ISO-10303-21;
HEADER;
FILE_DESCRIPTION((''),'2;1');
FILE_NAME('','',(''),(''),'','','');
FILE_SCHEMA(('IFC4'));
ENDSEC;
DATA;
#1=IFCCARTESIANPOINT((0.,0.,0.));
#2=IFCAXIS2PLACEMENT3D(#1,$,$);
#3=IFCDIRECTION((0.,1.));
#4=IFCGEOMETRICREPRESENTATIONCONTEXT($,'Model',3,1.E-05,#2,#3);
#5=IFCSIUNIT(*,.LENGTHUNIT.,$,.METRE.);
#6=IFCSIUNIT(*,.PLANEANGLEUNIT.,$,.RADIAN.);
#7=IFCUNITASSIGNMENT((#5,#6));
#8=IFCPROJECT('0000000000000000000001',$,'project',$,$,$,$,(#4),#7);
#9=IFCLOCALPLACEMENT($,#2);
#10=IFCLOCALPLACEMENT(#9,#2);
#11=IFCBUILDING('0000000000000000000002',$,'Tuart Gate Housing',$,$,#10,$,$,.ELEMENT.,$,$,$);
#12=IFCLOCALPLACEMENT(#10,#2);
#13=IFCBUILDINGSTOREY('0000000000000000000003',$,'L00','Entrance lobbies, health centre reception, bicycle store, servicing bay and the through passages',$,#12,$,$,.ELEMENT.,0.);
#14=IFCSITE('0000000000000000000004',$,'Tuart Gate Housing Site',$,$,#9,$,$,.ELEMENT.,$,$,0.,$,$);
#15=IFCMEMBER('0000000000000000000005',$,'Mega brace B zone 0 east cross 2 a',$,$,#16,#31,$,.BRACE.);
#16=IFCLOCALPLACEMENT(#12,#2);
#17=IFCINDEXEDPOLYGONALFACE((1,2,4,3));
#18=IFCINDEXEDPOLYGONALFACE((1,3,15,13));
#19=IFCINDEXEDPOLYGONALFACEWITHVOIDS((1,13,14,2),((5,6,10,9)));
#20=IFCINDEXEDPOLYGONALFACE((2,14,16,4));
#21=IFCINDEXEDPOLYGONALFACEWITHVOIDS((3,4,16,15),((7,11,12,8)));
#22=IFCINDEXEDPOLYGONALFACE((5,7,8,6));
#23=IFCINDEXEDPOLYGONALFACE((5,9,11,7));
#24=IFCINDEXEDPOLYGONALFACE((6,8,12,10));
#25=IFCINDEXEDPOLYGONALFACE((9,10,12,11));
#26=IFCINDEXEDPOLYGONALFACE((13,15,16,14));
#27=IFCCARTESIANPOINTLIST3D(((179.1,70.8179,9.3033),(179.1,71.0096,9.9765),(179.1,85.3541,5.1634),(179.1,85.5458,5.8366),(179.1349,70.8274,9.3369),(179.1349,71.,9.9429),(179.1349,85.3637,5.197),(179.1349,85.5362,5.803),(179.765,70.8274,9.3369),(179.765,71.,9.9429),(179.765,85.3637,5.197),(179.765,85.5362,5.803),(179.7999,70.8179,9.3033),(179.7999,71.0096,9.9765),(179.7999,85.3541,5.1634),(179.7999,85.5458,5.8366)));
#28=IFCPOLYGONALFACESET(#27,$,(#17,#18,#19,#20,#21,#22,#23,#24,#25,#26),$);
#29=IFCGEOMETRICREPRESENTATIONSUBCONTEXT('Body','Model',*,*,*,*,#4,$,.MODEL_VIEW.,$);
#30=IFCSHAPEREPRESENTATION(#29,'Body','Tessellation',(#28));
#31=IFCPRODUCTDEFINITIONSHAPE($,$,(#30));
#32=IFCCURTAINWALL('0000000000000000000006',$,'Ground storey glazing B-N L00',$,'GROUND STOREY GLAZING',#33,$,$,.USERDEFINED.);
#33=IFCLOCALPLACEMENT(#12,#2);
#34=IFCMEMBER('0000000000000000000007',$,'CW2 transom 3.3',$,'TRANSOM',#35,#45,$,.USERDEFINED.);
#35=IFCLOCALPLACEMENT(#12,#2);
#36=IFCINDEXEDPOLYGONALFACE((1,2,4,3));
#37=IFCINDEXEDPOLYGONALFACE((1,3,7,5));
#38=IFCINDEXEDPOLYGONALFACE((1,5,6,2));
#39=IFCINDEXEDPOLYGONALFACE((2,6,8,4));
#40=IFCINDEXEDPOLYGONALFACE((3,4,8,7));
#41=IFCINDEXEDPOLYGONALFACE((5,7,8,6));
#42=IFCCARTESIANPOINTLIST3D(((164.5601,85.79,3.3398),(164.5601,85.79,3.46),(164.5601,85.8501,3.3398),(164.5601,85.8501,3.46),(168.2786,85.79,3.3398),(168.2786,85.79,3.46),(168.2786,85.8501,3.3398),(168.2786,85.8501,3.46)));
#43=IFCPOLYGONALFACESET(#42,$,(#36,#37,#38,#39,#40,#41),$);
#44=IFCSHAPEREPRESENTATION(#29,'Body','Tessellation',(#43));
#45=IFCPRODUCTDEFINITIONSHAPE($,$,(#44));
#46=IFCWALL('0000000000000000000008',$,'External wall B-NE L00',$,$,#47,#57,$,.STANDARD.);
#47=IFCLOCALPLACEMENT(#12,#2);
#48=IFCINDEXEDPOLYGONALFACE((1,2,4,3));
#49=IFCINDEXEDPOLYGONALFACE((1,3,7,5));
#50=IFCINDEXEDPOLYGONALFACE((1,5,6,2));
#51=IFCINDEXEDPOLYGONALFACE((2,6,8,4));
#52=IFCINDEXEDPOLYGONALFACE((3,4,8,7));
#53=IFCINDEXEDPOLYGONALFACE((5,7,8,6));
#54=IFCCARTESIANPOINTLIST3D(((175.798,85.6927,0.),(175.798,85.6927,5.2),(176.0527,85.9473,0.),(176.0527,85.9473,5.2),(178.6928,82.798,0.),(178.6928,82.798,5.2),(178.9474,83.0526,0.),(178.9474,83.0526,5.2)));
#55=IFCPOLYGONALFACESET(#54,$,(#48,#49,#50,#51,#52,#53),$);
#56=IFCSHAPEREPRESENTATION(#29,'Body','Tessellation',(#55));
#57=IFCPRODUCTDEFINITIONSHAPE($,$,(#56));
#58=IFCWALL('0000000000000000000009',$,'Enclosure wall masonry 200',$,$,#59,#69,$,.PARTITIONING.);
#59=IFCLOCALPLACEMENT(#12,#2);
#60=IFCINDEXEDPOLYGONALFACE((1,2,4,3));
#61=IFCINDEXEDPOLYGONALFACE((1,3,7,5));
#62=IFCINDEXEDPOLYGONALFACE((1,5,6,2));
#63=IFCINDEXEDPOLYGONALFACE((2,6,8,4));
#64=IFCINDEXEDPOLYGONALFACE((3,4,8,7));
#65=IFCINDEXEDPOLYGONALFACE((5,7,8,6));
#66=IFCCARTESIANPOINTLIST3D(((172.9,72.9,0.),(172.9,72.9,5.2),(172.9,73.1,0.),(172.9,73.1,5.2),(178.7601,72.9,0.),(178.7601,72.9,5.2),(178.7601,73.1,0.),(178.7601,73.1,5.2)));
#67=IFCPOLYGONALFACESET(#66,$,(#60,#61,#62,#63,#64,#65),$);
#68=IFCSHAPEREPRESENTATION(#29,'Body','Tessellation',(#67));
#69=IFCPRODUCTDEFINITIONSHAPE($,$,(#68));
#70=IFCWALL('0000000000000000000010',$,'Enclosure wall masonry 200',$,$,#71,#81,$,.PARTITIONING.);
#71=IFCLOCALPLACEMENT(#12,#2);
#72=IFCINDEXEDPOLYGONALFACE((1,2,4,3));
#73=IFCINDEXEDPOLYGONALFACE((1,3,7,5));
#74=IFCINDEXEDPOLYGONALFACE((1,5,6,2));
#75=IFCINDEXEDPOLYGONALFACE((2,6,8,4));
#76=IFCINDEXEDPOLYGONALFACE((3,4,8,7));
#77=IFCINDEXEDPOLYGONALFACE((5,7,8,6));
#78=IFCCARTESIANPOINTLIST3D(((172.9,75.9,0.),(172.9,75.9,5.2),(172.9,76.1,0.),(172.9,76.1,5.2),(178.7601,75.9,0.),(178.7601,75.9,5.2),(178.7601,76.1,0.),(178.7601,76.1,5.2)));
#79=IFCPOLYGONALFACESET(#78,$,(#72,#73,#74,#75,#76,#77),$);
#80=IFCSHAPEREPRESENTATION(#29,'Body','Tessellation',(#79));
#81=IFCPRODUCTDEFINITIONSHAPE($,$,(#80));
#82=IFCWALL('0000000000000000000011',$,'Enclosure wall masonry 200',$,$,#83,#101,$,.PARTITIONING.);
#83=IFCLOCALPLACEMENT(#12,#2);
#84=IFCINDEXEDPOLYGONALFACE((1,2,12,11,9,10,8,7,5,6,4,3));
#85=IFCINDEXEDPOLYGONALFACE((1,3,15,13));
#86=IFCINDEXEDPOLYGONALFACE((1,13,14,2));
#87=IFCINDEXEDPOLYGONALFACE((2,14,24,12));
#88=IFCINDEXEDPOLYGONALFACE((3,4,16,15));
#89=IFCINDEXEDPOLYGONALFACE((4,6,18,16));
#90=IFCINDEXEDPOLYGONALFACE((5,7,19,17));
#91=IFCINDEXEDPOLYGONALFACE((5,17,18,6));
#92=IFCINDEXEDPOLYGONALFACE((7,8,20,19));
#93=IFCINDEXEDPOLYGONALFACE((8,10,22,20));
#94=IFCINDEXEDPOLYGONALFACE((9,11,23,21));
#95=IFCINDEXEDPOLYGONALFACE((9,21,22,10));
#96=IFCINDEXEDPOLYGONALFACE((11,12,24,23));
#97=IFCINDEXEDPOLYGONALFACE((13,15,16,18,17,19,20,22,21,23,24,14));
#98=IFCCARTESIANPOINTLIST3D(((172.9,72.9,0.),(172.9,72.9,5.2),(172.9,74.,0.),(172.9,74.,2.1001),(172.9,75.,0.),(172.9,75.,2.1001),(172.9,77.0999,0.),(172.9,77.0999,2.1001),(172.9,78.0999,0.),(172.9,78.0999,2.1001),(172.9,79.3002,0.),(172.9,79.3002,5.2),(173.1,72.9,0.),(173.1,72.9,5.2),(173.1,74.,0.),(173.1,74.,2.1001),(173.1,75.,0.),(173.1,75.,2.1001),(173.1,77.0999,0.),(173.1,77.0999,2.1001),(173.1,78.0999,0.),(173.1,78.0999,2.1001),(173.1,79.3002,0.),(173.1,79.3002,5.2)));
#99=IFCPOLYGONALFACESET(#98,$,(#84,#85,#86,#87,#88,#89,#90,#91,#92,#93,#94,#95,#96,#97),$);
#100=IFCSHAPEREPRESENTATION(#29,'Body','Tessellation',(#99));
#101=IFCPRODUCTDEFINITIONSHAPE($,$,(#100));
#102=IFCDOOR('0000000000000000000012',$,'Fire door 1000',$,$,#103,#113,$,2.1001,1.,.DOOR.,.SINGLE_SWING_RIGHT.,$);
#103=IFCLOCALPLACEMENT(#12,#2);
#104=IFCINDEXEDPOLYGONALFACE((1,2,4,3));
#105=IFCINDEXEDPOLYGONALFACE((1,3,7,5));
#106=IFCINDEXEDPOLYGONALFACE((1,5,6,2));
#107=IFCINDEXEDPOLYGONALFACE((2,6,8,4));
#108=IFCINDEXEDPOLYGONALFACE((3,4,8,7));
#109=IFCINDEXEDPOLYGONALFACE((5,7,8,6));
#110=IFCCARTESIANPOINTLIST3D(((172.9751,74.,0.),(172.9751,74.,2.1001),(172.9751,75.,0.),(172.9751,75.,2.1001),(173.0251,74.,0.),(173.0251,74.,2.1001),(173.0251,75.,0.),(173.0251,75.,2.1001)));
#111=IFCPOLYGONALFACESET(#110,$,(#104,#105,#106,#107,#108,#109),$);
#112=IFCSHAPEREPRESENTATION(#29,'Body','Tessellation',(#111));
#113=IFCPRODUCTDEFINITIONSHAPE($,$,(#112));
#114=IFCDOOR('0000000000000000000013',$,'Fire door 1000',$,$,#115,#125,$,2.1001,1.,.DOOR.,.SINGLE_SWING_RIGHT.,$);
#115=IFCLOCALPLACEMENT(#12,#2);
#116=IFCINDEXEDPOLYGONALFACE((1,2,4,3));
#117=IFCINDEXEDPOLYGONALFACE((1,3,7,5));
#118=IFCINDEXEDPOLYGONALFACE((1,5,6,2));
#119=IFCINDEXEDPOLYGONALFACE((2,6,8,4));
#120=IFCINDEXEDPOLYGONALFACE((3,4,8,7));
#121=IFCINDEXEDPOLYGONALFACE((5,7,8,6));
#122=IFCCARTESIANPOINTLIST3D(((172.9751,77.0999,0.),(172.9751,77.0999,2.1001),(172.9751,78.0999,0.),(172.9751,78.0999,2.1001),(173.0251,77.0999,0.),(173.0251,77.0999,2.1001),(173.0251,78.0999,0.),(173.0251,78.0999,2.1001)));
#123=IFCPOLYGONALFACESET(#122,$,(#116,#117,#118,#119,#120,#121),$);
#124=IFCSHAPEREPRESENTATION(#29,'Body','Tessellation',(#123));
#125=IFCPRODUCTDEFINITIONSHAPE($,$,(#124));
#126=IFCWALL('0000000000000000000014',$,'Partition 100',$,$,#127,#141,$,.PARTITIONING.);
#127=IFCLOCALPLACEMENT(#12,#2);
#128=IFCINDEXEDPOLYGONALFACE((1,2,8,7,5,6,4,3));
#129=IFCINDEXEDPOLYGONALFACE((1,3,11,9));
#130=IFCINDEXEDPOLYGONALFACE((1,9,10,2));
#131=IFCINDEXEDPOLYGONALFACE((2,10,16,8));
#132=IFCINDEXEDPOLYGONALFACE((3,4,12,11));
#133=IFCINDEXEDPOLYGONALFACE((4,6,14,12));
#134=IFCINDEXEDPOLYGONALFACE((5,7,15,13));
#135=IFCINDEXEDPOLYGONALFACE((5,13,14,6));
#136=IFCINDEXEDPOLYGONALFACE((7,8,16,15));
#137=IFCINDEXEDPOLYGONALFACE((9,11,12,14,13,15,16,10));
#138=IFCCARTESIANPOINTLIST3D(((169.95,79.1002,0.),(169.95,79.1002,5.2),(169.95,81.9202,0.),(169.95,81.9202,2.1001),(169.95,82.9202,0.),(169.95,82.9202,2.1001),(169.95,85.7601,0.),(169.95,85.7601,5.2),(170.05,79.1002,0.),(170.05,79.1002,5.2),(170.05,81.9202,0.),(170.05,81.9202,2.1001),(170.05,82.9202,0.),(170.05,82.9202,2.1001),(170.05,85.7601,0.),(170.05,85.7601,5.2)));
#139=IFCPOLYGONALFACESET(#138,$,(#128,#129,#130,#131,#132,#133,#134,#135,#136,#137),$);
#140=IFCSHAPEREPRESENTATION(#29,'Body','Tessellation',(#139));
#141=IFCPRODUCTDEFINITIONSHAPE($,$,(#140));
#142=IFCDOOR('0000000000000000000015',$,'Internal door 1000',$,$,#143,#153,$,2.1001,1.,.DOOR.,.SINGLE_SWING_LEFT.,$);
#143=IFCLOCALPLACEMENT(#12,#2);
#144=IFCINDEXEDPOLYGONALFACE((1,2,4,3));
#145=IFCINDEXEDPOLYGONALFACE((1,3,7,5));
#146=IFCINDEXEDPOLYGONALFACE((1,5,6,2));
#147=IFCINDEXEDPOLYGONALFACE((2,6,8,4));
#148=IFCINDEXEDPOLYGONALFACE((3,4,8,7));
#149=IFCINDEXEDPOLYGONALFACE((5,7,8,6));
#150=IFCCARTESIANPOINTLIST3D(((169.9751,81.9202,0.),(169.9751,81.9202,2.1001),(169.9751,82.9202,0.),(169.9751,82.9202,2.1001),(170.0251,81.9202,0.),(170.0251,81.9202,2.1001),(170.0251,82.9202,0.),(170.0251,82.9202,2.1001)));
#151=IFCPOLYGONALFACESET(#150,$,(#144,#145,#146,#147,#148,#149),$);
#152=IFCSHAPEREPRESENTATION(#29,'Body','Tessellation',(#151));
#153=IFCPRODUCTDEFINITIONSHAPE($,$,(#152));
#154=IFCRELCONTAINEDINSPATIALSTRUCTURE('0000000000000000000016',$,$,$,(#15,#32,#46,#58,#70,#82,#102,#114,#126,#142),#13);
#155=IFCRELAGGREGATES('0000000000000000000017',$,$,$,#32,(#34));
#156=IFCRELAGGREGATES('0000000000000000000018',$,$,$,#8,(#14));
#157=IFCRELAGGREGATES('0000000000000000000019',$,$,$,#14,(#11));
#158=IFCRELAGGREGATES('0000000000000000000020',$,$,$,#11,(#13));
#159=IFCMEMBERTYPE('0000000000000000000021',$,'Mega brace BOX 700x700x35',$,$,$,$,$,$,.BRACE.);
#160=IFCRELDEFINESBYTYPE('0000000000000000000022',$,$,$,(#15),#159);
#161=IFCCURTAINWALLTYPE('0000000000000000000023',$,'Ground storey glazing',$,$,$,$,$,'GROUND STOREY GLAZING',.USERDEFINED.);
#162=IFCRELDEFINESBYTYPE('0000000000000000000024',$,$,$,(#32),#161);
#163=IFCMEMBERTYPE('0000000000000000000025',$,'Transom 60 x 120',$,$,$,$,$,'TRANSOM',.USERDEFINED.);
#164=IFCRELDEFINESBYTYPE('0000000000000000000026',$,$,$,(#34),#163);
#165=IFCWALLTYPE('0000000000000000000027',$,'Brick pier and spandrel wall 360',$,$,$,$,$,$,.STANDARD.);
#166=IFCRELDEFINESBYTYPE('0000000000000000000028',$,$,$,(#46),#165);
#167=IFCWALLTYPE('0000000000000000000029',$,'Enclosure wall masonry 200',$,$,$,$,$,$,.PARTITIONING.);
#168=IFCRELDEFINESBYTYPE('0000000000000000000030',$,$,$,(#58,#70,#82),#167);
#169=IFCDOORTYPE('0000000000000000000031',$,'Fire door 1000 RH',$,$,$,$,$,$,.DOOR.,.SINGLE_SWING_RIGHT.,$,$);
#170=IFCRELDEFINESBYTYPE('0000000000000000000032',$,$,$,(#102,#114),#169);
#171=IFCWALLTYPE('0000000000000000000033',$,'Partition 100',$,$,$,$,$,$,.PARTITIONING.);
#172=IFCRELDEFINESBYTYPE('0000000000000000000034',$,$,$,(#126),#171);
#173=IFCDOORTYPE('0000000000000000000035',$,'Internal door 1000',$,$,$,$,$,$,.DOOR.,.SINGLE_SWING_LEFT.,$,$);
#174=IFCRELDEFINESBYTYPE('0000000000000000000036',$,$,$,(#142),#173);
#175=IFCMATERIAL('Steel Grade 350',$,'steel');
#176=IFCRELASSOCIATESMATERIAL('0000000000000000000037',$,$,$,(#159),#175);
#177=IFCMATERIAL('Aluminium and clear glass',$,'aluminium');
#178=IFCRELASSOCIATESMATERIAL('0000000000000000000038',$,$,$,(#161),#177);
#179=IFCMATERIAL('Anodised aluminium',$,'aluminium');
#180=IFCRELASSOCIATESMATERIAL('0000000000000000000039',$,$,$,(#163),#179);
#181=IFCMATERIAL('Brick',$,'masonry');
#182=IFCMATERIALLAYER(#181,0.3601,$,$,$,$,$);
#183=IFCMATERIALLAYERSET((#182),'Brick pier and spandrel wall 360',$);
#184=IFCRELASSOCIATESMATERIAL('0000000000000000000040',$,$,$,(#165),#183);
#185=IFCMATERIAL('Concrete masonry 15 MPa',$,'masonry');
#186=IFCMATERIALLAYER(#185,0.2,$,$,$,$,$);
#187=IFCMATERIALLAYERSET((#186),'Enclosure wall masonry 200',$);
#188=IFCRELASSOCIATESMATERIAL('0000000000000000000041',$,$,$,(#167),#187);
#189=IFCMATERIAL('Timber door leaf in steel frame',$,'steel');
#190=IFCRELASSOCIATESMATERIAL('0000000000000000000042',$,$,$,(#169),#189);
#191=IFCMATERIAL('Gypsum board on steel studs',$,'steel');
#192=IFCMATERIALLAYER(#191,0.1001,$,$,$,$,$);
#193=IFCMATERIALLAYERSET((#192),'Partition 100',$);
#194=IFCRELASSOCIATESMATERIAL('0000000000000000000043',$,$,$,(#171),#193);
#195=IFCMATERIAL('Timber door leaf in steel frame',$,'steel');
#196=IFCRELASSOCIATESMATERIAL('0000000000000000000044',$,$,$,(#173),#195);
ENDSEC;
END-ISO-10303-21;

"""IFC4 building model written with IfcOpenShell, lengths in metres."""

from ifc_helpers import new_model, si_unit, direction, frame, frame_2d, origin, origin_2d, place, context, subcontext, project, spatial, rectangle, hollow_rectangle, extrude, material, layer, layer_set, material_profile, profile_set, type_object, element, fill, aggregate, save


model = new_model("IFC4")

# Units and contexts
model_context = context("Model", 3, precision=1e-05, world=origin(), true_north=direction((0.0, 1.0)))
body_context = subcontext(model_context, "Body", "Model", "MODEL_VIEW")
ifc_project = project(units=[si_unit("LENGTHUNIT", "METRE"), si_unit("PLANEANGLEUNIT", "RADIAN")], contexts=[model_context])

# Site, building, storey
site_placement = place(None, origin())
site = spatial("IfcSite", under=ifc_project, at=site_placement, Name="Tuart Gate Housing Site", CompositionType="ELEMENT", RefElevation=0.0)
building_placement = place(site_placement, origin())
building = spatial("IfcBuilding", under=site, at=building_placement, Name="Tuart Gate Housing", CompositionType="ELEMENT")
storey_placement = place(building_placement, origin())
storey = spatial("IfcBuildingStorey", under=building, at=storey_placement, Name="L00", Description="Entrance lobbies, health centre reception, bicycle store, servicing bay and the through passages", CompositionType="ELEMENT", Elevation=0.0)

# Member
ifc_material_1 = material(Name="Steel Grade 350", Category="steel")
ifc_material_profile_1 = material_profile(ifc_material_1, hollow_rectangle(XDim=0.7, YDim=0.7, WallThickness=0.0349, at=origin_2d()), Name="BOX 700x700x35")
ifc_profile_set_1 = profile_set([ifc_material_profile_1], Name="Steel Grade 350")
member_type_1 = type_object("IfcMemberType", Name="Mega brace BOX 700x700x35", PredefinedType="BRACE", material=ifc_profile_set_1)
for number, where, z_axis, x_axis, name in (
    (1, (179.45, 85.45, 5.5), (0.0, -0.961756, 0.273908), (1.0, 0.0, 0.0), "Mega brace B zone 0 east cross 2 a"),
):
    element("IfcMember", number, at=place(storey_placement, frame(where, z_axis=z_axis, x_axis=x_axis)), inside=storey, type_object=member_type_1, Name=name, PredefinedType="BRACE", context=body_context, shape_type="SweptSolid", body=[
        extrude(hollow_rectangle(XDim=0.7, YDim=0.7, WallThickness=0.0349, at=origin_2d()), origin(), (0.0, 0.0, 1.0), 15.1143),
    ])

# Curtain wall, member
ifc_material_2 = material(Name="Aluminium and clear glass", Category="aluminium")
curtain_wall_type = type_object("IfcCurtainWallType", Name="Ground storey glazing", ElementType="GROUND STOREY GLAZING", PredefinedType="USERDEFINED", material=ifc_material_2)
curtain_wall_placement = place(storey_placement, origin())
curtain_wall = element("IfcCurtainWall", 2, at=curtain_wall_placement, inside=storey, type_object=curtain_wall_type, Name="Ground storey glazing B-N L00", ObjectType="GROUND STOREY GLAZING", PredefinedType="USERDEFINED")
ifc_material_3 = material(Name="Anodised aluminium", Category="aluminium")
ifc_material_profile_2 = material_profile(ifc_material_3, rectangle(XDim=0.0601, YDim=0.1201, at=origin_2d()), Name="60x120")
ifc_profile_set_2 = profile_set([ifc_material_profile_2], Name="Anodised aluminium")
member_type_2 = type_object("IfcMemberType", Name="Transom 60 x 120", ElementType="TRANSOM", PredefinedType="USERDEFINED", material=ifc_profile_set_2)
member_1_placement = place(storey_placement, frame((168.2786, 85.8201, 3.3999), z_axis=(-1.0, 0.0, 0.0), x_axis=(0.0, -1.0, 0.0)))
member_1 = element("IfcMember", 3, at=member_1_placement, type_object=member_type_2, Name="CW2 transom 3.3", ObjectType="TRANSOM", PredefinedType="USERDEFINED", context=body_context, shape_type="SweptSolid", body=[
    extrude(rectangle(XDim=0.0601, YDim=0.1201, at=origin_2d()), origin(), (0.0, 0.0, 1.0), 3.7185),
])
aggregate(curtain_wall, [member_1])

# Walls
ifc_material_4 = material(Name="Brick", Category="masonry")
ifc_layer_1 = layer(ifc_material_4, 0.3601)
ifc_layer_set_1 = layer_set([ifc_layer_1], Name="Brick pier and spandrel wall 360")
wall_type_1 = type_object("IfcWallType", Name="Brick pier and spandrel wall 360", PredefinedType="STANDARD", material=ifc_layer_set_1)
wall_1_placement = place(storey_placement, frame((178.8201, 82.9253, 0.0), z_axis=(0.0, 0.0, 1.0), x_axis=(-0.707107, 0.707107, 0.0)))
element("IfcWall", 4, at=wall_1_placement, inside=storey, type_object=wall_type_1, Name="External wall B-NE L00", PredefinedType="STANDARD", context=body_context, shape_type="SweptSolid", body=[
    extrude(rectangle(XDim=4.0938, YDim=0.3601, at=frame_2d((2.0469, 0.0))), origin(), (0.0, 0.0, 1.0), 5.2),
])
ifc_material_5 = material(Name="Concrete masonry 15 MPa", Category="masonry")
ifc_layer_2 = layer(ifc_material_5, 0.2)
ifc_layer_set_2 = layer_set([ifc_layer_2], Name="Enclosure wall masonry 200")
wall_type_2 = type_object("IfcWallType", Name="Enclosure wall masonry 200", PredefinedType="PARTITIONING", material=ifc_layer_set_2)
for number, where, z_axis, x_axis, name in (
    (5, (172.8999, 73.0, 0.0), (0.0, 0.0, 1.0), (1.0, 0.0, 0.0), "Enclosure wall masonry 200"),
    (6, (172.8999, 76.0, 0.0), (0.0, 0.0, 1.0), (1.0, 0.0, 0.0), "Enclosure wall masonry 200"),
):
    element("IfcWall", number, at=place(storey_placement, frame(where, z_axis=z_axis, x_axis=x_axis)), inside=storey, type_object=wall_type_2, Name=name, PredefinedType="PARTITIONING", context=body_context, shape_type="SweptSolid", body=[
        extrude(rectangle(XDim=5.8601, YDim=0.2, at=frame_2d((2.9302, 0.0))), origin(), (0.0, 0.0, 1.0), 5.2),
    ])

# Wall, openings, doors
wall_2_placement = place(storey_placement, frame((173.0, 72.8999, 0.0), z_axis=(0.0, 0.0, 1.0), x_axis=(0.0, 1.0, 0.0)))
wall_2 = element("IfcWall", 7, at=wall_2_placement, inside=storey, type_object=wall_type_2, Name="Enclosure wall masonry 200", PredefinedType="PARTITIONING", context=body_context, shape_type="SweptSolid", body=[
    extrude(rectangle(XDim=6.4001, YDim=0.2, at=frame_2d((3.2002, 0.0))), origin(), (0.0, 0.0, 1.0), 5.2),
])
opening_1_placement = place(wall_2_placement, frame((1.1001, 0.0, 0.0)))
opening_1 = element("IfcOpeningElement", 8, at=opening_1_placement, cuts=wall_2, PredefinedType="OPENING", context=body_context, shape_type="SweptSolid", body=[
    extrude(rectangle(XDim=1.0, YDim=2.1001, at=frame_2d((0.5, 1.05))), frame((0.0, 0.1099, 0.0), z_axis=(0.0, -1.0, 0.0), x_axis=(1.0, 0.0, 0.0)), (0.0, 0.0, 1.0), 0.22),
])
opening_2_placement = place(wall_2_placement, frame((4.2, 0.0, 0.0)))
opening_2 = element("IfcOpeningElement", 9, at=opening_2_placement, cuts=wall_2, PredefinedType="OPENING", context=body_context, shape_type="SweptSolid", body=[
    extrude(rectangle(XDim=1.0, YDim=2.1001, at=frame_2d((0.5, 1.05))), frame((0.0, 0.1099, 0.0), z_axis=(0.0, -1.0, 0.0), x_axis=(1.0, 0.0, 0.0)), (0.0, 0.0, 1.0), 0.22),
])
ifc_material_6 = material(Name="Timber door leaf in steel frame", Category="steel")
door_type_1 = type_object("IfcDoorType", Name="Fire door 1000 RH", OperationType="SINGLE_SWING_RIGHT", PredefinedType="DOOR", material=ifc_material_6)
door_1_placement = place(opening_1_placement, frame((1.0, 0.0, 0.0), z_axis=(0.0, 0.0, 1.0), x_axis=(-1.0, 0.0, 0.0)))
door_1 = element("IfcDoor", 10, at=door_1_placement, inside=storey, type_object=door_type_1, Name="Fire door 1000", OperationType="SINGLE_SWING_RIGHT", OverallHeight=2.1001, OverallWidth=1.0, PredefinedType="DOOR", context=body_context, shape_type="SweptSolid", body=[
    extrude(rectangle(XDim=1.0, YDim=2.1001, at=frame_2d((0.5, 1.05))), frame((0.0, 0.0251, 0.0), z_axis=(0.0, -1.0, 0.0), x_axis=(1.0, 0.0, 0.0)), (0.0, 0.0, 1.0), 0.05),
])
fill(opening_1, door_1)
door_2_placement = place(opening_2_placement, frame((1.0, 0.0, 0.0), z_axis=(0.0, 0.0, 1.0), x_axis=(-1.0, 0.0, 0.0)))
door_2 = element("IfcDoor", 11, at=door_2_placement, inside=storey, type_object=door_type_1, Name="Fire door 1000", OperationType="SINGLE_SWING_RIGHT", OverallHeight=2.1001, OverallWidth=1.0, PredefinedType="DOOR", context=body_context, shape_type="SweptSolid", body=[
    extrude(rectangle(XDim=1.0, YDim=2.1001, at=frame_2d((0.5, 1.05))), frame((0.0, 0.0251, 0.0), z_axis=(0.0, -1.0, 0.0), x_axis=(1.0, 0.0, 0.0)), (0.0, 0.0, 1.0), 0.05),
])
fill(opening_2, door_2)

# Wall, opening, door
ifc_material_7 = material(Name="Gypsum board on steel studs", Category="steel")
ifc_layer_3 = layer(ifc_material_7, 0.1001)
ifc_layer_set_3 = layer_set([ifc_layer_3], Name="Partition 100")
wall_type_3 = type_object("IfcWallType", Name="Partition 100", PredefinedType="PARTITIONING", material=ifc_layer_set_3)
wall_3_placement = place(storey_placement, frame((170.0, 79.1001, 0.0), z_axis=(0.0, 0.0, 1.0), x_axis=(0.0, 1.0, 0.0)))
wall_3 = element("IfcWall", 12, at=wall_3_placement, inside=storey, type_object=wall_type_3, Name="Partition 100", PredefinedType="PARTITIONING", context=body_context, shape_type="SweptSolid", body=[
    extrude(rectangle(XDim=6.6599, YDim=0.1001, at=frame_2d((3.3301, 0.0))), origin(), (0.0, 0.0, 1.0), 5.2),
])
opening_3_placement = place(wall_3_placement, frame((2.8201, 0.0, 0.0)))
opening_3 = element("IfcOpeningElement", 13, at=opening_3_placement, cuts=wall_3, PredefinedType="OPENING", context=body_context, shape_type="SweptSolid", body=[
    extrude(rectangle(XDim=1.0, YDim=2.1001, at=frame_2d((0.5, 1.05))), frame((0.0, 0.0601, 0.0), z_axis=(0.0, -1.0, 0.0), x_axis=(1.0, 0.0, 0.0)), (0.0, 0.0, 1.0), 0.1201),
])
ifc_material_8 = material(Name="Timber door leaf in steel frame", Category="steel")
door_type_2 = type_object("IfcDoorType", Name="Internal door 1000", OperationType="SINGLE_SWING_LEFT", PredefinedType="DOOR", material=ifc_material_8)
door_3_placement = place(opening_3_placement, origin())
door_3 = element("IfcDoor", 14, at=door_3_placement, inside=storey, type_object=door_type_2, Name="Internal door 1000", OperationType="SINGLE_SWING_LEFT", OverallHeight=2.1001, OverallWidth=1.0, PredefinedType="DOOR", context=body_context, shape_type="SweptSolid", body=[
    extrude(rectangle(XDim=1.0, YDim=2.1001, at=frame_2d((0.5, 1.05))), frame((0.0, 0.0249, 0.0), z_axis=(0.0, -1.0, 0.0), x_axis=(1.0, 0.0, 0.0)), (0.0, 0.0, 1.0), 0.05),
])
fill(opening_3, door_3)

save(model, "model.ifc")
